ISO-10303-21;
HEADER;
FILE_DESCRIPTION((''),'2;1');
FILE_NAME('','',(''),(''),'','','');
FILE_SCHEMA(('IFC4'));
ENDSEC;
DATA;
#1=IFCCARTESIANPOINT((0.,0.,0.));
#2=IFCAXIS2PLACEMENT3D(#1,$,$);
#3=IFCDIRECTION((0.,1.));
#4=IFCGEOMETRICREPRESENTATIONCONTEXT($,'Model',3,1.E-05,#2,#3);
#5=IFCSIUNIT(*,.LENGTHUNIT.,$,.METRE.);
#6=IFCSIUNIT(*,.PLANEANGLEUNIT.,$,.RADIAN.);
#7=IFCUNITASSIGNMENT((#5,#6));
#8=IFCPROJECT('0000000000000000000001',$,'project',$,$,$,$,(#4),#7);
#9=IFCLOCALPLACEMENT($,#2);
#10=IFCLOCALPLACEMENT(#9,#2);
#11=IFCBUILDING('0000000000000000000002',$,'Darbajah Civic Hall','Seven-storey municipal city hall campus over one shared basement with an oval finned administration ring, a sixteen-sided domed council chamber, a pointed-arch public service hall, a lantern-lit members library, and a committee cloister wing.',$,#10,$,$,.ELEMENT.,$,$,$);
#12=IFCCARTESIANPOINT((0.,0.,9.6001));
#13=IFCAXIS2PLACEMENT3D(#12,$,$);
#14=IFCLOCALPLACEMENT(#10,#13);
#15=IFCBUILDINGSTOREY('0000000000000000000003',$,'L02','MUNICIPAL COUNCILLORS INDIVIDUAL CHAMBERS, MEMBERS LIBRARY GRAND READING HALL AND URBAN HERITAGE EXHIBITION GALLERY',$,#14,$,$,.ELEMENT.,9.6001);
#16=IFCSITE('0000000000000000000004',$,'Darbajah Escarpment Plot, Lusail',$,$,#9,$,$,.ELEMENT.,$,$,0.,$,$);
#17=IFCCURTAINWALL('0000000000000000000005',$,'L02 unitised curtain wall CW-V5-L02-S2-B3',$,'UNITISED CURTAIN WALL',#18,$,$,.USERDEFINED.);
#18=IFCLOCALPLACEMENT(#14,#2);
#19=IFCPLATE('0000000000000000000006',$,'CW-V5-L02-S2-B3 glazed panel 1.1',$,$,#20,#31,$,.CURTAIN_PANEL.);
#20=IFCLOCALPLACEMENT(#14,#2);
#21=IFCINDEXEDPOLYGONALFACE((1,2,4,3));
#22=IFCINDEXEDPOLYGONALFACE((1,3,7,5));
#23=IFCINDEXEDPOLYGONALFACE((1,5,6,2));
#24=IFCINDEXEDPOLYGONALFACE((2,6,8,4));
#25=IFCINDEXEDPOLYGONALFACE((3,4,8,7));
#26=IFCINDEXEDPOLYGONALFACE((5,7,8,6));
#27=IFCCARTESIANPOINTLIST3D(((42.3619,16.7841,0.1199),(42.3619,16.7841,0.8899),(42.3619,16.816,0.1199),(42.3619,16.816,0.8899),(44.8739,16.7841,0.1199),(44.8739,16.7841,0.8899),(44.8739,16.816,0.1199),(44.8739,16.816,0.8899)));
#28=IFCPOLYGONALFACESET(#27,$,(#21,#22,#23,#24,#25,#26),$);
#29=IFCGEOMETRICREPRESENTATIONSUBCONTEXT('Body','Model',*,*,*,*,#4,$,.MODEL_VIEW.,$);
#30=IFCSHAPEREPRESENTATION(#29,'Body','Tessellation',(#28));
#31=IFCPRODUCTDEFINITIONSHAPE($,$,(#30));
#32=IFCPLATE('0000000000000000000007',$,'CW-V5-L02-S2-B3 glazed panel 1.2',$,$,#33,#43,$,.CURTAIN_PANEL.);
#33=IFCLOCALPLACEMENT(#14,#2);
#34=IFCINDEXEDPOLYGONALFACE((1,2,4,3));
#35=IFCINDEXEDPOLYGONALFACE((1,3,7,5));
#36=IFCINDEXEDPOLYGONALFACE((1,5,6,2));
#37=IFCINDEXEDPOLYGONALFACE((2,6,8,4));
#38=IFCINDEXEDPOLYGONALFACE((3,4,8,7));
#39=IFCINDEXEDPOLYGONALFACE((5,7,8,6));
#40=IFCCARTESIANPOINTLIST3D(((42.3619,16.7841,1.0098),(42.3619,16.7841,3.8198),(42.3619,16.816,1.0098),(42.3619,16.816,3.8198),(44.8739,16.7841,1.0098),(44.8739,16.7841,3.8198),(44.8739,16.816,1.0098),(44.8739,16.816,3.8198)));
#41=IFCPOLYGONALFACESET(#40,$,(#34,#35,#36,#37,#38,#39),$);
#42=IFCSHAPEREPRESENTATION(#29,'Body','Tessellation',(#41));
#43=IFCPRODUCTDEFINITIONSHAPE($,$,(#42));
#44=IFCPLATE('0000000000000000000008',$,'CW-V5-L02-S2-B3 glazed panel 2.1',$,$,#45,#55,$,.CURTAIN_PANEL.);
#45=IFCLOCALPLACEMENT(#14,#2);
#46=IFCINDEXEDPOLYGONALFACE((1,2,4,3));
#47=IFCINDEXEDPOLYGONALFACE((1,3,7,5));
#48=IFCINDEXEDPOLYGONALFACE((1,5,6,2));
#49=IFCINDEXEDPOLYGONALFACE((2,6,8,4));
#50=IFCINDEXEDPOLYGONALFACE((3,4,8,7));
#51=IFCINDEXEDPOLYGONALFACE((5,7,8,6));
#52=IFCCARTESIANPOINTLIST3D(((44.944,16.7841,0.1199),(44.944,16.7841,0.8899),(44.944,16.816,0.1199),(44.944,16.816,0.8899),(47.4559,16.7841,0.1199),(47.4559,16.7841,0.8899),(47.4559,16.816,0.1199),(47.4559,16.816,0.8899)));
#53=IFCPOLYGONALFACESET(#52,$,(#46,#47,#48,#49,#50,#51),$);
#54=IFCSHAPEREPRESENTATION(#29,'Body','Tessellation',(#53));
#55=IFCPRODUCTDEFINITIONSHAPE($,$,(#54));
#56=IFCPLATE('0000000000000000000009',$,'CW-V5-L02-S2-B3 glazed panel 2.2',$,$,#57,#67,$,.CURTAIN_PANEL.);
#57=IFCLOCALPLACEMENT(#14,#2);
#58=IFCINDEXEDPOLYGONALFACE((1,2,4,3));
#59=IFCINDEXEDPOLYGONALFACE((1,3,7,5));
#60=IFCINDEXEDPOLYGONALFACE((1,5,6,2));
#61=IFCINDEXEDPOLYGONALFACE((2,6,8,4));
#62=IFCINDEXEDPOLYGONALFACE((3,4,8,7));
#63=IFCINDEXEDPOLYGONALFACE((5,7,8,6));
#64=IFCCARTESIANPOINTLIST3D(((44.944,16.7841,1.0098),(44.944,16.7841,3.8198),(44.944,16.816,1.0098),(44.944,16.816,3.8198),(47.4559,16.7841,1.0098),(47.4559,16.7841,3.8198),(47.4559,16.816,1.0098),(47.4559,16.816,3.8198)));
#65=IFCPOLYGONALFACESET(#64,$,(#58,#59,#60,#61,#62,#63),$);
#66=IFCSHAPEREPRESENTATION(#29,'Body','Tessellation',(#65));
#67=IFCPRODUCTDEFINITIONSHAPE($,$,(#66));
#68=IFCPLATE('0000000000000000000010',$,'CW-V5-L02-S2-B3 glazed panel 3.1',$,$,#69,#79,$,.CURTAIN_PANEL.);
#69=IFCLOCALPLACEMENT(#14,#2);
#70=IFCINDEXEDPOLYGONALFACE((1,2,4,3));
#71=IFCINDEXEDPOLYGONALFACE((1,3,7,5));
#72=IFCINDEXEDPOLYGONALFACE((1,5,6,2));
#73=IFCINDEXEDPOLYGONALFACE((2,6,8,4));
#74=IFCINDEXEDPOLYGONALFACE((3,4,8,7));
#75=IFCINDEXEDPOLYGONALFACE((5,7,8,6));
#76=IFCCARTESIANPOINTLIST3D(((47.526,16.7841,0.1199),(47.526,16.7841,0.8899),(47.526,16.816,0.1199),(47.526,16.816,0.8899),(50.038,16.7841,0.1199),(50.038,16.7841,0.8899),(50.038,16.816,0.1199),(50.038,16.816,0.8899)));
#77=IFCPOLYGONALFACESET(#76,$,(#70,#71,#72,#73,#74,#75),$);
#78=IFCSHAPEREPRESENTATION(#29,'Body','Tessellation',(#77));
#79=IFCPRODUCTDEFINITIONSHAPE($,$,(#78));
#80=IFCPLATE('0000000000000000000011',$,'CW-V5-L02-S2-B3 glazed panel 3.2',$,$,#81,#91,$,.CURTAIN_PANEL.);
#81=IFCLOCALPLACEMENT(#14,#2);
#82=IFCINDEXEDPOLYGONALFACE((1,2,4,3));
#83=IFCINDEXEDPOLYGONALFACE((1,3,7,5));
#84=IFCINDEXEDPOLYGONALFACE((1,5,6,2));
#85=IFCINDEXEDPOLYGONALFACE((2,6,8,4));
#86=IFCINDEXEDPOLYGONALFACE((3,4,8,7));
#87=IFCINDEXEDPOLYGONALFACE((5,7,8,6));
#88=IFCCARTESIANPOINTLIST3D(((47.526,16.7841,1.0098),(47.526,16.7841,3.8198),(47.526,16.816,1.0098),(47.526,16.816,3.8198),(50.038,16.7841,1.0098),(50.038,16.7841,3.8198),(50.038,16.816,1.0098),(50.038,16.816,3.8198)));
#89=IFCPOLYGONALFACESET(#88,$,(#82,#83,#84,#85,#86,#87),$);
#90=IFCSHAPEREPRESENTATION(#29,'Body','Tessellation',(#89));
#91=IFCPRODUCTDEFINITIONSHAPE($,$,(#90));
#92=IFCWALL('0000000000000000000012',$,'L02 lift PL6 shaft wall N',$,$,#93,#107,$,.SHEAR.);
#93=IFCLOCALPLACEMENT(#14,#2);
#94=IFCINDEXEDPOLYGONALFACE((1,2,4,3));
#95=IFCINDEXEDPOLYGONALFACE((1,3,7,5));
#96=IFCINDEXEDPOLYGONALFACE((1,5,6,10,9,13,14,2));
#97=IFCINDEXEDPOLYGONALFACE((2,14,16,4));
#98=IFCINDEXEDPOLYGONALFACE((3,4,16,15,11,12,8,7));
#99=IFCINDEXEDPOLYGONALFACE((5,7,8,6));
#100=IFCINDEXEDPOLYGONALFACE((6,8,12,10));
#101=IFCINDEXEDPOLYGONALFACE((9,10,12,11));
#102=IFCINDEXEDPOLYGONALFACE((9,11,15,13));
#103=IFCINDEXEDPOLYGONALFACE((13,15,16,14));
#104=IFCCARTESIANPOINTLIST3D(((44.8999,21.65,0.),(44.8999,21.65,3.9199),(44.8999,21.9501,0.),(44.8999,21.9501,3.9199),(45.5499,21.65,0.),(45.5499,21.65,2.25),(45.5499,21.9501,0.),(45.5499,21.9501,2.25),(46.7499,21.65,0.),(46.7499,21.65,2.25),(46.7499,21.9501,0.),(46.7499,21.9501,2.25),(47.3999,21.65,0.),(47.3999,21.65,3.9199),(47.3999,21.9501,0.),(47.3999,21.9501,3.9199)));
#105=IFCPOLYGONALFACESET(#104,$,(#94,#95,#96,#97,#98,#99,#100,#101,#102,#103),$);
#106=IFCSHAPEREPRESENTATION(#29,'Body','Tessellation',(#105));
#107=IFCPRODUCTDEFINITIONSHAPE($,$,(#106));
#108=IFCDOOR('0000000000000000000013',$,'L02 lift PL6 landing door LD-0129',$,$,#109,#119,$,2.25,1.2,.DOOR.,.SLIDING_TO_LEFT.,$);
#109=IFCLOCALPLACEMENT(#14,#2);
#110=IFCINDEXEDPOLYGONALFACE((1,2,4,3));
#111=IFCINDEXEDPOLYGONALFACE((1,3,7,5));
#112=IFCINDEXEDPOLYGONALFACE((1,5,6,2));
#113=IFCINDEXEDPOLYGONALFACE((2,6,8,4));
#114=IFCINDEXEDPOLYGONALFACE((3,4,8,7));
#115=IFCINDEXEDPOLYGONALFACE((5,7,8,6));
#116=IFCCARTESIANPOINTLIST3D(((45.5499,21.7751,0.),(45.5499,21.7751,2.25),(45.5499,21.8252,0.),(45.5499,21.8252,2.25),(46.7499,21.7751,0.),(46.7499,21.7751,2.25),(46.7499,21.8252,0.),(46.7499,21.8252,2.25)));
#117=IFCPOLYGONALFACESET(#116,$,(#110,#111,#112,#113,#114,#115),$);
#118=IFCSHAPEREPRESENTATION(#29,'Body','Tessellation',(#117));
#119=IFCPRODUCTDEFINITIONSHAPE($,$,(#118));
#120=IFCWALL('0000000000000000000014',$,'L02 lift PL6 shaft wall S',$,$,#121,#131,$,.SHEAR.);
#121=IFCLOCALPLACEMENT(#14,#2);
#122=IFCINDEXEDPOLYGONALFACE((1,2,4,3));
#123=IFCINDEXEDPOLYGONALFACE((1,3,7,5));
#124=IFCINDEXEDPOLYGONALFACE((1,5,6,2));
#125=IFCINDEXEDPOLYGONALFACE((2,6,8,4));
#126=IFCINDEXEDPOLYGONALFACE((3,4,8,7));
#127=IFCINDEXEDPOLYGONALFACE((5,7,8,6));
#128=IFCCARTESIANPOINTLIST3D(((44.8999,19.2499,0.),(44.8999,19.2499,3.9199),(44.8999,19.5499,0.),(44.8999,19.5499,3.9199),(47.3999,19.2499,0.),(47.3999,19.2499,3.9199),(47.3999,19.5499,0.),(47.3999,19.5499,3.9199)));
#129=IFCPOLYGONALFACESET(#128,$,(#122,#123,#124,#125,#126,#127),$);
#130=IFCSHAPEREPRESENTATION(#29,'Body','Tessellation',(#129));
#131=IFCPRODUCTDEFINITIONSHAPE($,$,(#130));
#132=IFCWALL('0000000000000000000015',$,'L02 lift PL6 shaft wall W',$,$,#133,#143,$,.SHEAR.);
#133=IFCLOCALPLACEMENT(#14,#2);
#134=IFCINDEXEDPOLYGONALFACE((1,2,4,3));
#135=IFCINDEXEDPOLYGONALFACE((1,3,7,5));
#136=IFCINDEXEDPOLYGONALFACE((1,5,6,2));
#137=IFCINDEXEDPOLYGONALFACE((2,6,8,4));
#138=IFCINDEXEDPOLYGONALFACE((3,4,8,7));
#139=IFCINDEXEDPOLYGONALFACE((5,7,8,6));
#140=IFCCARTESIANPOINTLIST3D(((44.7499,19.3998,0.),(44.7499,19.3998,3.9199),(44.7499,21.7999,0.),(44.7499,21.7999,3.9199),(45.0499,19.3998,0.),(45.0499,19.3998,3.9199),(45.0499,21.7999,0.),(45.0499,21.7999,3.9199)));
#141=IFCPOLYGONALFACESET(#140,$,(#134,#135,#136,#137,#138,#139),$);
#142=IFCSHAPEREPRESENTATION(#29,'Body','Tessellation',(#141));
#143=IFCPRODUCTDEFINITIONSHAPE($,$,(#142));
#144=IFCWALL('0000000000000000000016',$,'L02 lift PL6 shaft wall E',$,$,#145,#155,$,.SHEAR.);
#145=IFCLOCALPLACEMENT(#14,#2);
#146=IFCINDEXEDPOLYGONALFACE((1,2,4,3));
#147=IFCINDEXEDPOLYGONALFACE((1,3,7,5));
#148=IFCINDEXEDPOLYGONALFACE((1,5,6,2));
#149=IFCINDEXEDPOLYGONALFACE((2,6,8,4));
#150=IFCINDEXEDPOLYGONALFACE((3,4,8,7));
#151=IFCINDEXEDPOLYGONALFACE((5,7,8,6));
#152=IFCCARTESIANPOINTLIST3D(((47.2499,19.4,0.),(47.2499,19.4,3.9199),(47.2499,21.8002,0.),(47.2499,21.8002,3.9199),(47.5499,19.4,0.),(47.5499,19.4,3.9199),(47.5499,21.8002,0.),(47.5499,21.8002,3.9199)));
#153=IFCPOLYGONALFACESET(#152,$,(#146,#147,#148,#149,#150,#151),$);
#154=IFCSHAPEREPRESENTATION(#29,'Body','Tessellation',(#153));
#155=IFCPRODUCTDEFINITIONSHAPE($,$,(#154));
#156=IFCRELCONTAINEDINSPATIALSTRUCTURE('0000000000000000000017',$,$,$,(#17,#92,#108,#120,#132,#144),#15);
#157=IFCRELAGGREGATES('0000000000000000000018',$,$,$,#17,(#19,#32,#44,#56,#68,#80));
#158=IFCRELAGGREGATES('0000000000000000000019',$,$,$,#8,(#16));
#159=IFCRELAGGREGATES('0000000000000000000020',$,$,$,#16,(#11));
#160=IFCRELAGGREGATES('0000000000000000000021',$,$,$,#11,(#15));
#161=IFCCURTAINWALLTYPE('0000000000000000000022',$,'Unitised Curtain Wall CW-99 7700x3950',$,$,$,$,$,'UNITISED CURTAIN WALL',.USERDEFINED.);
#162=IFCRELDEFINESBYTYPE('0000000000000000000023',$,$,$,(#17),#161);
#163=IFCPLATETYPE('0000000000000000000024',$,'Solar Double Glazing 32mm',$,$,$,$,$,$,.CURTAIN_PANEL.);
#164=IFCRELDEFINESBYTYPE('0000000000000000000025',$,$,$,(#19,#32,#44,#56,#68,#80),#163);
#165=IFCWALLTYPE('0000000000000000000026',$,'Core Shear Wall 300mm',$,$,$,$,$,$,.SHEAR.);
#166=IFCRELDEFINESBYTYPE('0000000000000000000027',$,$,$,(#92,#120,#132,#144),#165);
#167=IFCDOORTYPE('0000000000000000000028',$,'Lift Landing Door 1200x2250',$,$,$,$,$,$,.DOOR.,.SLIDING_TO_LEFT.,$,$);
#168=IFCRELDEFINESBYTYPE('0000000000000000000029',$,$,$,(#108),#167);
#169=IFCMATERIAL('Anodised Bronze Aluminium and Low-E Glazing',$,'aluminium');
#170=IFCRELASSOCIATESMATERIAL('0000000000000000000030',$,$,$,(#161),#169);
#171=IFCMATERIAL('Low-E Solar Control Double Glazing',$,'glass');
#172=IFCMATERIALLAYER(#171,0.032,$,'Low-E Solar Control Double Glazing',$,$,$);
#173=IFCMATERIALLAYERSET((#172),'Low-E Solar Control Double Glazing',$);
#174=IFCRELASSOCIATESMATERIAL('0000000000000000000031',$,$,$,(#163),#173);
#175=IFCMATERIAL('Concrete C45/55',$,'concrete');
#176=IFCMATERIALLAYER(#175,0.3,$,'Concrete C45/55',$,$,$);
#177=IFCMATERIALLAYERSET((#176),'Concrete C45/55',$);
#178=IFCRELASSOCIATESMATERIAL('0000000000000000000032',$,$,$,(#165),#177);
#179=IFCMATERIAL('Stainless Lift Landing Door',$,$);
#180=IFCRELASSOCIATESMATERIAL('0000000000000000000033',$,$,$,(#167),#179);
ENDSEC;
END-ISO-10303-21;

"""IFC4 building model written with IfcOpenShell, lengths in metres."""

from ifc_helpers import new_model, si_unit, direction, frame, frame_2d, origin, origin_2d, place, context, subcontext, project, spatial, rectangle, extrude, material, layer, layer_set, type_object, element, fill, aggregate, save


model = new_model("IFC4")

# Units and contexts
model_context = context("Model", 3, precision=1e-05, world=origin(), true_north=direction((0.0, 1.0)))
body_context = subcontext(model_context, "Body", "Model", "MODEL_VIEW")
ifc_project = project(units=[si_unit("LENGTHUNIT", "METRE"), si_unit("PLANEANGLEUNIT", "RADIAN")], contexts=[model_context])

# Site, building, storey
site_placement = place(None, origin())
site = spatial("IfcSite", under=ifc_project, at=site_placement, Name="Darbajah Escarpment Plot, Lusail", CompositionType="ELEMENT", RefElevation=0.0)
building_placement = place(site_placement, origin())
building = spatial("IfcBuilding", under=site, at=building_placement, Name="Darbajah Civic Hall", Description="Seven-storey municipal city hall campus over one shared basement with an oval finned administration ring, a sixteen-sided domed council chamber, a pointed-arch public service hall, a lantern-lit members library, and a committee cloister wing.", CompositionType="ELEMENT")
storey_placement = place(building_placement, frame((0.0, 0.0, 9.6001)))
storey = spatial("IfcBuildingStorey", under=building, at=storey_placement, Name="L02", Description="MUNICIPAL COUNCILLORS INDIVIDUAL CHAMBERS, MEMBERS LIBRARY GRAND READING HALL AND URBAN HERITAGE EXHIBITION GALLERY", CompositionType="ELEMENT", Elevation=9.6001)

# Shared definitions
ifc_material_1 = material(Name="Concrete C45/55", Category="concrete")

# Curtain wall
ifc_material_2 = material(Name="Anodised Bronze Aluminium and Low-E Glazing", Category="aluminium")
curtain_wall_type = type_object("IfcCurtainWallType", Name="Unitised Curtain Wall CW-99 7700x3950", ElementType="UNITISED CURTAIN WALL", PredefinedType="USERDEFINED", material=ifc_material_2)
curtain_wall_placement = place(storey_placement, origin())
curtain_wall = element("IfcCurtainWall", 1, at=curtain_wall_placement, inside=storey, type_object=curtain_wall_type, Name="L02 unitised curtain wall CW-V5-L02-S2-B3", ObjectType="UNITISED CURTAIN WALL", PredefinedType="USERDEFINED")

# Plates
ifc_material_3 = material(Name="Low-E Solar Control Double Glazing", Category="glass")
ifc_layer_1 = layer(ifc_material_3, 0.032, Name="Low-E Solar Control Double Glazing")
ifc_layer_set_1 = layer_set([ifc_layer_1], Name="Low-E Solar Control Double Glazing")
plate_type = type_object("IfcPlateType", Name="Solar Double Glazing 32mm", PredefinedType="CURTAIN_PANEL", material=ifc_layer_set_1)
plate_1_placement = place(storey_placement, frame((43.6179, 16.8, 0.1199), z_axis=(0.0, 0.0, 1.0), x_axis=(1.0, 0.0, 0.0)))
plate_1 = element("IfcPlate", 2, at=plate_1_placement, type_object=plate_type, Name="CW-V5-L02-S2-B3 glazed panel 1.1", PredefinedType="CURTAIN_PANEL", context=body_context, shape_type="SweptSolid", body=[
    extrude(rectangle(XDim=2.512, YDim=0.032, at=origin_2d()), origin(), (0.0, 0.0, 1.0), 0.77),
])
plate_2_placement = place(storey_placement, frame((43.6179, 16.8, 1.0098), z_axis=(0.0, 0.0, 1.0), x_axis=(1.0, 0.0, 0.0)))
plate_2 = element("IfcPlate", 3, at=plate_2_placement, type_object=plate_type, Name="CW-V5-L02-S2-B3 glazed panel 1.2", PredefinedType="CURTAIN_PANEL", context=body_context, shape_type="SweptSolid", body=[
    extrude(rectangle(XDim=2.512, YDim=0.032, at=origin_2d()), origin(), (0.0, 0.0, 1.0), 2.8101),
])
plate_3_placement = place(storey_placement, frame((46.2, 16.8, 0.1199), z_axis=(0.0, 0.0, 1.0), x_axis=(1.0, 0.0, 0.0)))
plate_3 = element("IfcPlate", 4, at=plate_3_placement, type_object=plate_type, Name="CW-V5-L02-S2-B3 glazed panel 2.1", PredefinedType="CURTAIN_PANEL", context=body_context, shape_type="SweptSolid", body=[
    extrude(rectangle(XDim=2.512, YDim=0.032, at=origin_2d()), origin(), (0.0, 0.0, 1.0), 0.77),
])
plate_4_placement = place(storey_placement, frame((46.2, 16.8, 1.0098), z_axis=(0.0, 0.0, 1.0), x_axis=(1.0, 0.0, 0.0)))
plate_4 = element("IfcPlate", 5, at=plate_4_placement, type_object=plate_type, Name="CW-V5-L02-S2-B3 glazed panel 2.2", PredefinedType="CURTAIN_PANEL", context=body_context, shape_type="SweptSolid", body=[
    extrude(rectangle(XDim=2.512, YDim=0.032, at=origin_2d()), origin(), (0.0, 0.0, 1.0), 2.8101),
])
plate_5_placement = place(storey_placement, frame((48.782, 16.8, 0.1199), z_axis=(0.0, 0.0, 1.0), x_axis=(1.0, 0.0, 0.0)))
plate_5 = element("IfcPlate", 6, at=plate_5_placement, type_object=plate_type, Name="CW-V5-L02-S2-B3 glazed panel 3.1", PredefinedType="CURTAIN_PANEL", context=body_context, shape_type="SweptSolid", body=[
    extrude(rectangle(XDim=2.512, YDim=0.032, at=origin_2d()), origin(), (0.0, 0.0, 1.0), 0.77),
])
plate_6_placement = place(storey_placement, frame((48.782, 16.8, 1.0098), z_axis=(0.0, 0.0, 1.0), x_axis=(1.0, 0.0, 0.0)))
plate_6 = element("IfcPlate", 7, at=plate_6_placement, type_object=plate_type, Name="CW-V5-L02-S2-B3 glazed panel 3.2", PredefinedType="CURTAIN_PANEL", context=body_context, shape_type="SweptSolid", body=[
    extrude(rectangle(XDim=2.512, YDim=0.032, at=origin_2d()), origin(), (0.0, 0.0, 1.0), 2.8101),
])
aggregate(curtain_wall, [plate_1, plate_2, plate_3, plate_4, plate_5, plate_6])

# Wall, opening, door
ifc_layer_2 = layer(ifc_material_1, 0.3, Name="Concrete C45/55")
ifc_layer_set_2 = layer_set([ifc_layer_2], Name="Concrete C45/55")
wall_type = type_object("IfcWallType", Name="Core Shear Wall 300mm", PredefinedType="SHEAR", material=ifc_layer_set_2)
wall_1_placement = place(storey_placement, frame((47.3999, 21.8, 0.0), z_axis=(0.0, 0.0, 1.0), x_axis=(-1.0, 0.0, 0.0)))
wall_1 = element("IfcWall", 8, at=wall_1_placement, inside=storey, type_object=wall_type, Name="L02 lift PL6 shaft wall N", PredefinedType="SHEAR", context=body_context, shape_type="SweptSolid", body=[
    extrude(rectangle(XDim=2.5, YDim=0.3, at=frame_2d((1.25, 0.0))), origin(), (0.0, 0.0, 1.0), 3.9199),
])
opening_placement = place(wall_1_placement, frame((0.6499, 0.0, 0.0)))
opening = element("IfcOpeningElement", 9, at=opening_placement, cuts=wall_1, PredefinedType="OPENING", context=body_context, shape_type="SweptSolid", body=[
    extrude(rectangle(XDim=1.2, YDim=2.25, at=frame_2d((0.6001, 1.125))), frame((0.0, 0.1599, 0.0), z_axis=(0.0, -1.0, 0.0), x_axis=(1.0, 0.0, 0.0)), (0.0, 0.0, 1.0), 0.3201),
])
ifc_material_4 = material(Name="Stainless Lift Landing Door")
door_type = type_object("IfcDoorType", Name="Lift Landing Door 1200x2250", OperationType="SLIDING_TO_LEFT", PredefinedType="DOOR", material=ifc_material_4)
door_placement = place(opening_placement, origin())
door = element("IfcDoor", 10, at=door_placement, inside=storey, type_object=door_type, Name="L02 lift PL6 landing door LD-0129", OperationType="SLIDING_TO_LEFT", OverallHeight=2.25, OverallWidth=1.2, PredefinedType="DOOR", context=body_context, shape_type="SweptSolid", body=[
    extrude(rectangle(XDim=1.2, YDim=2.25, at=frame_2d((0.6001, 1.125))), frame((0.0, 0.0249, 0.0), z_axis=(0.0, -1.0, 0.0), x_axis=(1.0, 0.0, 0.0)), (0.0, 0.0, 1.0), 0.05),
])
fill(opening, door)

# Walls
wall_2_placement = place(storey_placement, frame((44.8999, 19.3999, 0.0), z_axis=(0.0, 0.0, 1.0), x_axis=(1.0, 0.0, 0.0)))
element("IfcWall", 11, at=wall_2_placement, inside=storey, type_object=wall_type, Name="L02 lift PL6 shaft wall S", PredefinedType="SHEAR", context=body_context, shape_type="SweptSolid", body=[
    extrude(rectangle(XDim=2.5, YDim=0.3, at=frame_2d((1.25, 0.0))), origin(), (0.0, 0.0, 1.0), 3.9199),
])
for number, where, z_axis, x_axis, name in (
    (12, (44.8999, 21.8, 0.0), (0.0, 0.0, 1.0), (0.0, -1.0, 0.0), "L02 lift PL6 shaft wall W"),
    (13, (47.3999, 19.3999, 0.0), (0.0, 0.0, 1.0), (0.0, 1.0, 0.0), "L02 lift PL6 shaft wall E"),
):
    element("IfcWall", number, at=place(storey_placement, frame(where, z_axis=z_axis, x_axis=x_axis)), inside=storey, type_object=wall_type, Name=name, PredefinedType="SHEAR", context=body_context, shape_type="SweptSolid", body=[
        extrude(rectangle(XDim=2.4001, YDim=0.3, at=frame_2d((1.2002, 0.0))), origin(), (0.0, 0.0, 1.0), 3.9199),
    ])

save(model, "model.ifc")
